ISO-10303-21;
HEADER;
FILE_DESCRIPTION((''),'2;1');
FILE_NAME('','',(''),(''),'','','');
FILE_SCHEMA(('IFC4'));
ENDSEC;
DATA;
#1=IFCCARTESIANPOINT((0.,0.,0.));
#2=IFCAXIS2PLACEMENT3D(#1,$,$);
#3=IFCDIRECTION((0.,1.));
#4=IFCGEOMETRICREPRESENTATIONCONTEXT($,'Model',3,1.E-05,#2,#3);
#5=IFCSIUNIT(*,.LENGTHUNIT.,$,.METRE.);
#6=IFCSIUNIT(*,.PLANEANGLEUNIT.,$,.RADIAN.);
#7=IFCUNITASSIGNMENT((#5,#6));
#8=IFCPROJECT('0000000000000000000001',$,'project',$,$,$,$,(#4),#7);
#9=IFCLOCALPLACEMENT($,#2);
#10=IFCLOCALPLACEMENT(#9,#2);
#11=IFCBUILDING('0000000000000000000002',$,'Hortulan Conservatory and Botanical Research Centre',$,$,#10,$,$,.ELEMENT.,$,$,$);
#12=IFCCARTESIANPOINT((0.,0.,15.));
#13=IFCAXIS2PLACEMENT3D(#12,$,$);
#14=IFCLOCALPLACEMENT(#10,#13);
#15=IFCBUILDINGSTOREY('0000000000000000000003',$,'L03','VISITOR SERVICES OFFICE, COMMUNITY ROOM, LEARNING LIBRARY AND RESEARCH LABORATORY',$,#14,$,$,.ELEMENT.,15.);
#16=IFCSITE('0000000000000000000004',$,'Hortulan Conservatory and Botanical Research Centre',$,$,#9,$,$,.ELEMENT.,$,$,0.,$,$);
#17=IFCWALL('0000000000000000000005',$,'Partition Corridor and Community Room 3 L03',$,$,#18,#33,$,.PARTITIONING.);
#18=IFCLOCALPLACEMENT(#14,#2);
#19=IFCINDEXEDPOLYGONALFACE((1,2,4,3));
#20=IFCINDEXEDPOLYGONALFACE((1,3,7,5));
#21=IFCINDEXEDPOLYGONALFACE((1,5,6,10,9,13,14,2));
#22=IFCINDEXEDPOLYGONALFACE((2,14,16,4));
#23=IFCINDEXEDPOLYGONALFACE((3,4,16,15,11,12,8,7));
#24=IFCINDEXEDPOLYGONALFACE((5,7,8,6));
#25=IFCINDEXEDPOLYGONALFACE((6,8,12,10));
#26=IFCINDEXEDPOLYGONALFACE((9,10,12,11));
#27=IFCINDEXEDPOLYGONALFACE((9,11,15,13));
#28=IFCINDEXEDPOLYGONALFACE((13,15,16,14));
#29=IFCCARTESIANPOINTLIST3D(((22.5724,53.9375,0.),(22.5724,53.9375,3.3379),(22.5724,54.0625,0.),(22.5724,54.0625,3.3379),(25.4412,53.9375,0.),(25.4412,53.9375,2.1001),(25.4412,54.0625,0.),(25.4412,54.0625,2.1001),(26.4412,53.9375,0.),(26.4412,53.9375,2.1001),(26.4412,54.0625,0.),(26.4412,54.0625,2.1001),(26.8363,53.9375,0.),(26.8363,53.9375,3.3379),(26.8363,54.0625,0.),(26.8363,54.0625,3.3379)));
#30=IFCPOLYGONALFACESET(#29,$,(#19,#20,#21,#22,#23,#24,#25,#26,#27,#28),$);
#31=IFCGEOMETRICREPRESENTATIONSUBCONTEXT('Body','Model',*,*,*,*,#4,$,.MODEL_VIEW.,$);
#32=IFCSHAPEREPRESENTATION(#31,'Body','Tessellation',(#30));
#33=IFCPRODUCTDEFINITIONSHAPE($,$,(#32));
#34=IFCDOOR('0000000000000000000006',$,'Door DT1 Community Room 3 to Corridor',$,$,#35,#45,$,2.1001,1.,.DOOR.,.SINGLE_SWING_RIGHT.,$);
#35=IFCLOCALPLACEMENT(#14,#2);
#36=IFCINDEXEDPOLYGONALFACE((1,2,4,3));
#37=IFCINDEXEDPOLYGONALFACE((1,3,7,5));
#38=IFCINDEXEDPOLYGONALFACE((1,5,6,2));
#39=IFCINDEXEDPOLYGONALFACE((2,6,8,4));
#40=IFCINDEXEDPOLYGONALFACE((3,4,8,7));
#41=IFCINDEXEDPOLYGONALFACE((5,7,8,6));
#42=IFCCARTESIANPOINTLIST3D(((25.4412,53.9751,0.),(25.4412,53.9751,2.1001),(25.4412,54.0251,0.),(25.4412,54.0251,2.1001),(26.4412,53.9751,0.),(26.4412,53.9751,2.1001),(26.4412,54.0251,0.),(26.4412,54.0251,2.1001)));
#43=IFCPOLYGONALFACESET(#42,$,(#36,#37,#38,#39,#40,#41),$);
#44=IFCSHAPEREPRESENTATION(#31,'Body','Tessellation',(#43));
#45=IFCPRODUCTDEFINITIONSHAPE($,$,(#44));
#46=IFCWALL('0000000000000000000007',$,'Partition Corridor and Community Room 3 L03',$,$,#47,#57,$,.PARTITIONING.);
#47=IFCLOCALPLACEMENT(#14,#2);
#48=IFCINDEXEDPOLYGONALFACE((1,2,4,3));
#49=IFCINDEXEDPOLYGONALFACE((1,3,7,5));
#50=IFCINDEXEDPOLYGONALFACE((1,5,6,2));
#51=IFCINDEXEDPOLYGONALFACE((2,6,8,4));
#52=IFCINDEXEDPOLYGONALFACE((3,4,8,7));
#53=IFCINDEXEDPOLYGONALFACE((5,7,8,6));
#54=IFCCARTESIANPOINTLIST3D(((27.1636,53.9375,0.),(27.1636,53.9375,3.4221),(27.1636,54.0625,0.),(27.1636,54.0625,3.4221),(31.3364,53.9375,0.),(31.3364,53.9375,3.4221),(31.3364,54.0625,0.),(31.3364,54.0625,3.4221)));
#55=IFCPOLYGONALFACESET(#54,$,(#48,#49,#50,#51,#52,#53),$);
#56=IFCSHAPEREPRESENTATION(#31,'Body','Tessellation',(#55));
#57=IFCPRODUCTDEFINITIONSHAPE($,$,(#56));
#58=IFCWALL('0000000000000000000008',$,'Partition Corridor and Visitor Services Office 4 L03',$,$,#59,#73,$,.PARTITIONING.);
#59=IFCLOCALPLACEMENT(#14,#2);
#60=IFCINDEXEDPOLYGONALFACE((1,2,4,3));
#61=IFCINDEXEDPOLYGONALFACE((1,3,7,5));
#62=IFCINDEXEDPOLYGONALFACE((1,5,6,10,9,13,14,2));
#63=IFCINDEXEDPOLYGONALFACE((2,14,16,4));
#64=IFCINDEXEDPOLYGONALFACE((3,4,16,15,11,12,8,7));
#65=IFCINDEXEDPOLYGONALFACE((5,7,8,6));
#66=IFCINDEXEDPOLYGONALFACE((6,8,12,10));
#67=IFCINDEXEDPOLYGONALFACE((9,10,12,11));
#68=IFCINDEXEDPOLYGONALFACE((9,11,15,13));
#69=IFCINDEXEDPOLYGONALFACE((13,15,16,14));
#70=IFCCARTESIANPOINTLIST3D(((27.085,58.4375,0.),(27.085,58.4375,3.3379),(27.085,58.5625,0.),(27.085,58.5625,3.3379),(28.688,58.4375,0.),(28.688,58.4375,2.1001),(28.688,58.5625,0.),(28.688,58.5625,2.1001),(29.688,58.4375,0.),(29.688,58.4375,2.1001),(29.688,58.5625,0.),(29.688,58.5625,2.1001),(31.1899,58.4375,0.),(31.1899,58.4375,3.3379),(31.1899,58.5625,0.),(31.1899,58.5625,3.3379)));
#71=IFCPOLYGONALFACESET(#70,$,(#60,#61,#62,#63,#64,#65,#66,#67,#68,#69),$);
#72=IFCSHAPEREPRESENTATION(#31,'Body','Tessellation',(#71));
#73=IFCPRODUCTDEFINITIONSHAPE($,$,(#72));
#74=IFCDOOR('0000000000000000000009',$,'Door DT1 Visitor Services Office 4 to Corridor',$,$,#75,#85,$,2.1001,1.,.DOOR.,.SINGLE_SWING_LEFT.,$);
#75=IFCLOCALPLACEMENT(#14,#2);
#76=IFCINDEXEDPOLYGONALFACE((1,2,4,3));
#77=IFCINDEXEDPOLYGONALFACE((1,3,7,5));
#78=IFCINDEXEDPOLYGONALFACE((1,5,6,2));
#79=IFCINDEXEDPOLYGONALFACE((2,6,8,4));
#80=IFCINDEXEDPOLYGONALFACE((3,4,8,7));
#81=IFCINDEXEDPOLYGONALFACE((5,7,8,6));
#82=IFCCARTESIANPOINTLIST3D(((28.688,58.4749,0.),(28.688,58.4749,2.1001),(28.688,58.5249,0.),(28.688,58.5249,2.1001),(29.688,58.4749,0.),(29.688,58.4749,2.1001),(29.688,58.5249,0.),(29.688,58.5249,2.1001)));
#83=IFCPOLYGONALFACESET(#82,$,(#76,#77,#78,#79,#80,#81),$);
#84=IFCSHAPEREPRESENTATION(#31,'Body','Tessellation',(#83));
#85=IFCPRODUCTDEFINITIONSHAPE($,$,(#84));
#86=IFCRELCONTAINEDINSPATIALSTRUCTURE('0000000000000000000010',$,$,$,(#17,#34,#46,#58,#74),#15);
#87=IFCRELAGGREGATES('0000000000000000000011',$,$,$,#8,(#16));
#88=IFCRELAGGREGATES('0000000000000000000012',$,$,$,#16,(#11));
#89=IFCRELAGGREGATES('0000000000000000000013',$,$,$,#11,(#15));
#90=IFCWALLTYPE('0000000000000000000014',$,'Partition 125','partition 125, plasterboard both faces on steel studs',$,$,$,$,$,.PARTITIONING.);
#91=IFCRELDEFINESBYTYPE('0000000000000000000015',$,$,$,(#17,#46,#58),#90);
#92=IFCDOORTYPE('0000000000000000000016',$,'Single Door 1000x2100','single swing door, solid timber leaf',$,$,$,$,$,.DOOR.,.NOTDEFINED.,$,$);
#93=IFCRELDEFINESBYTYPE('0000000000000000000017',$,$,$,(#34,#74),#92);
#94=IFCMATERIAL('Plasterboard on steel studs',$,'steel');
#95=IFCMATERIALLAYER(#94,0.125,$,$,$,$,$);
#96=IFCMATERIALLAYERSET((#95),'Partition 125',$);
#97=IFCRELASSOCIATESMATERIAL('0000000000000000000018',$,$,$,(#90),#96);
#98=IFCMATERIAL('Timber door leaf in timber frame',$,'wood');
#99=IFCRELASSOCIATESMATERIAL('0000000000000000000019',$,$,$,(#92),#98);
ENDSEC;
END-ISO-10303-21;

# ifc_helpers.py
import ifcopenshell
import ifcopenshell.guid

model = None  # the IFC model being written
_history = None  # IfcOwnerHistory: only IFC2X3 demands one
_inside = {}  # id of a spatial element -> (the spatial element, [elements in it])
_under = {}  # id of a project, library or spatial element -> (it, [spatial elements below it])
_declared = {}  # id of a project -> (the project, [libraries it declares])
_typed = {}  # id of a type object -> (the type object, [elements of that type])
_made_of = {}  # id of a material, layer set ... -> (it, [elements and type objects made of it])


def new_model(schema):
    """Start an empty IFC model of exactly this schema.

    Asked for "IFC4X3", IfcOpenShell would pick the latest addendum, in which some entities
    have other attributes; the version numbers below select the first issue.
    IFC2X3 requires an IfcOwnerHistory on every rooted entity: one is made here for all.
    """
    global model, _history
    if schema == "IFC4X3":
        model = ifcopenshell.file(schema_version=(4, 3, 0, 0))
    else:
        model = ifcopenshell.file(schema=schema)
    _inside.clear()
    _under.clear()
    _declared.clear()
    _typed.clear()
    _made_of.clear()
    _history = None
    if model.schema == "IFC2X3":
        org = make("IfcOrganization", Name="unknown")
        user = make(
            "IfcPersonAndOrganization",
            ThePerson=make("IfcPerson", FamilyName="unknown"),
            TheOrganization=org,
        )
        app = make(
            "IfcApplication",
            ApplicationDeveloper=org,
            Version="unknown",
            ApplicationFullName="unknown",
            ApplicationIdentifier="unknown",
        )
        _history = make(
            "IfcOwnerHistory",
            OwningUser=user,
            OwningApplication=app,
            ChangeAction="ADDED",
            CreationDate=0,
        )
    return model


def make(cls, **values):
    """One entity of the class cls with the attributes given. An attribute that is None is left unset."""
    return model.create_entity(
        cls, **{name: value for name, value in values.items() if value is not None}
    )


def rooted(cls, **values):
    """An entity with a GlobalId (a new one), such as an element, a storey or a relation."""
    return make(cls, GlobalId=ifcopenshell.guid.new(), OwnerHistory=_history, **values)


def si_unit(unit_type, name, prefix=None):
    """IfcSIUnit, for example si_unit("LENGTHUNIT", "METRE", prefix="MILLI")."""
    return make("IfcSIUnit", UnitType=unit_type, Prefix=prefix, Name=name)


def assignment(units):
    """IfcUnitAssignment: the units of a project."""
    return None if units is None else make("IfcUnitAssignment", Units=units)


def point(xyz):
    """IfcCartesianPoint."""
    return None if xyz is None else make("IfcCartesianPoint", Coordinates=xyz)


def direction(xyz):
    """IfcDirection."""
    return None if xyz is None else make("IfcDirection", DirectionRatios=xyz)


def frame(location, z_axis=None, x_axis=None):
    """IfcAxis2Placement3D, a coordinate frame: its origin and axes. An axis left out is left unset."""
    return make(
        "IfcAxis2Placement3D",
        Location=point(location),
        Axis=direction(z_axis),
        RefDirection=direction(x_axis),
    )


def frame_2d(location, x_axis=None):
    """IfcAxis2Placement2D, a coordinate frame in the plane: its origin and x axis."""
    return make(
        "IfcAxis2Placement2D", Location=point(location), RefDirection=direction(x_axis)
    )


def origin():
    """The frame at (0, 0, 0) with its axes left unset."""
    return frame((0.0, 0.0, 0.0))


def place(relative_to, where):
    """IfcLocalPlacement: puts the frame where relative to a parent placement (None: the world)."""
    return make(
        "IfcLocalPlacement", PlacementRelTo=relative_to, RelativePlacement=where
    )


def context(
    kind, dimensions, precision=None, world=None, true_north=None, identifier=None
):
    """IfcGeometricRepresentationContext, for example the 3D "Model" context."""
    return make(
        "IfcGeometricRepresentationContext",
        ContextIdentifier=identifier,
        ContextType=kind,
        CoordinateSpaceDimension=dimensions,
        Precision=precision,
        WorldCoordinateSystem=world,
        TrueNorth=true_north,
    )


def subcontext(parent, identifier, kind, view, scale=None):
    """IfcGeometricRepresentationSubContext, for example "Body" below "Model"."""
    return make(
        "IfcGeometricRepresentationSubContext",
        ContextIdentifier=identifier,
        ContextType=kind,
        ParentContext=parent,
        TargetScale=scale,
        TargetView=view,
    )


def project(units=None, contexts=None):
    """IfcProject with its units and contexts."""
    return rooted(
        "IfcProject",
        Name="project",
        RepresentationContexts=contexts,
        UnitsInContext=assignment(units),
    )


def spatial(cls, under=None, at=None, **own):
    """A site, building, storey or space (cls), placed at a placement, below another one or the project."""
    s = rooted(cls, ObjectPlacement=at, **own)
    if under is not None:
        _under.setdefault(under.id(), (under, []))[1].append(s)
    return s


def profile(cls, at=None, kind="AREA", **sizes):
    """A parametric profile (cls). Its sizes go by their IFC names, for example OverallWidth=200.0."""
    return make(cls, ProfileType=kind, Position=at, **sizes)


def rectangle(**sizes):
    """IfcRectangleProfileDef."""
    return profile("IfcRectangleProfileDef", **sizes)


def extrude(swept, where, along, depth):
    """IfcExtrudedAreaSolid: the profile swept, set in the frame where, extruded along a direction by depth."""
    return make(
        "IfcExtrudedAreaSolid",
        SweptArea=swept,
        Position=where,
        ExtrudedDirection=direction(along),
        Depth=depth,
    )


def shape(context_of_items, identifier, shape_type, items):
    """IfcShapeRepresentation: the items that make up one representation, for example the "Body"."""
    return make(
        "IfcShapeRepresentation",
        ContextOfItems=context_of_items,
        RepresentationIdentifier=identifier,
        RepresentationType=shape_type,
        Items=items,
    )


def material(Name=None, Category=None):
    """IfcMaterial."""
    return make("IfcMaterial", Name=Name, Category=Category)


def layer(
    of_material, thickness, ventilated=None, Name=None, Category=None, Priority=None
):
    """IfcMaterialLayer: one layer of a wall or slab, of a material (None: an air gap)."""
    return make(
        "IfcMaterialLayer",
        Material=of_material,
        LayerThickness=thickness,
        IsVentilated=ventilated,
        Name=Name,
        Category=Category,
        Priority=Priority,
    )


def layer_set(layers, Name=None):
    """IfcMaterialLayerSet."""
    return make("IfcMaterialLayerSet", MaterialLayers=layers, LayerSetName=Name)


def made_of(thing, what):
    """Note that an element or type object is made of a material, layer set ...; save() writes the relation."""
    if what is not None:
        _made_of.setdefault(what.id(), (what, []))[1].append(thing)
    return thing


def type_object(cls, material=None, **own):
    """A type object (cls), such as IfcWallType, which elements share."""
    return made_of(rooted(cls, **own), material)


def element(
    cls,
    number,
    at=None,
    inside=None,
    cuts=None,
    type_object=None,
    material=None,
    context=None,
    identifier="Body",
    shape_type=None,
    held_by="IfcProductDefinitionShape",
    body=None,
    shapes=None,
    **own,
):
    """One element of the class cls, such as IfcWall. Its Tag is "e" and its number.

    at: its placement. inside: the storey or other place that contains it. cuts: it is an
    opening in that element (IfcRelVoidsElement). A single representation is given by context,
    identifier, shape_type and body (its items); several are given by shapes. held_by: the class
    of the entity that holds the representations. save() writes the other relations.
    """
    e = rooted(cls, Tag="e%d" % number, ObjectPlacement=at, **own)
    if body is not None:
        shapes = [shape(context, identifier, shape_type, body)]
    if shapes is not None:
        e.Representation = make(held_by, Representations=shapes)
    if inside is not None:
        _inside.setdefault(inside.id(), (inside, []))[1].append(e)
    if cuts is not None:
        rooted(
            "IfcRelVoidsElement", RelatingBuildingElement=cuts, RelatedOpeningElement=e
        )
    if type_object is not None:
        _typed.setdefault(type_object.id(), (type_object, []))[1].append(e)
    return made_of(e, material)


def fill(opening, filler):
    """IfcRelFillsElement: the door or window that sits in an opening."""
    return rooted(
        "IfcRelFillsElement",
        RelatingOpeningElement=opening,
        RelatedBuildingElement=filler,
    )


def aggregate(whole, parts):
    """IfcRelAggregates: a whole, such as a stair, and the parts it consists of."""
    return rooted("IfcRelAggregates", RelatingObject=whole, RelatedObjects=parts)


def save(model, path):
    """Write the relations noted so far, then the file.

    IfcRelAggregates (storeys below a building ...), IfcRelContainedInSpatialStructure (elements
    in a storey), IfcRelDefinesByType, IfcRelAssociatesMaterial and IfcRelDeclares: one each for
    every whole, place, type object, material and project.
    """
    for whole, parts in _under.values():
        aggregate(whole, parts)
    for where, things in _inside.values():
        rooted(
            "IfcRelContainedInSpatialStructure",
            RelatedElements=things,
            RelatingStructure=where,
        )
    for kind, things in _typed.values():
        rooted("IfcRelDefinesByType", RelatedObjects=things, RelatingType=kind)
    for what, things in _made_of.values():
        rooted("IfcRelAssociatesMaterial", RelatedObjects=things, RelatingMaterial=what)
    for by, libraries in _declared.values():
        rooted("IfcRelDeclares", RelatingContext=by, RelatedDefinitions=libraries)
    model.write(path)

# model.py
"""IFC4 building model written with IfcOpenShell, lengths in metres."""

from ifc_helpers import new_model, si_unit, direction, frame, frame_2d, origin, place, context, subcontext, project, spatial, rectangle, extrude, material, layer, layer_set, type_object, element, fill, save


model = new_model("IFC4")

# Units and contexts
model_context = context("Model", 3, precision=1e-05, world=origin(), true_north=direction((0.0, 1.0)))
body_context = subcontext(model_context, "Body", "Model", "MODEL_VIEW")
ifc_project = project(units=[si_unit("LENGTHUNIT", "METRE"), si_unit("PLANEANGLEUNIT", "RADIAN")], contexts=[model_context])

# Site, building, storey
site_placement = place(None, origin())
site = spatial("IfcSite", under=ifc_project, at=site_placement, Name="Hortulan Conservatory and Botanical Research Centre", CompositionType="ELEMENT", RefElevation=0.0)
building_placement = place(site_placement, origin())
building = spatial("IfcBuilding", under=site, at=building_placement, Name="Hortulan Conservatory and Botanical Research Centre", CompositionType="ELEMENT")
storey_placement = place(building_placement, frame((0.0, 0.0, 15.0)))
storey = spatial("IfcBuildingStorey", under=building, at=storey_placement, Name="L03", Description="VISITOR SERVICES OFFICE, COMMUNITY ROOM, LEARNING LIBRARY AND RESEARCH LABORATORY", CompositionType="ELEMENT", Elevation=15.0)

# Wall, opening, door
ifc_material_1 = material(Name="Plasterboard on steel studs", Category="steel")
ifc_layer_1 = layer(ifc_material_1, 0.125)
ifc_layer_set_1 = layer_set([ifc_layer_1], Name="Partition 125")
wall_type_1 = type_object("IfcWallType", Name="Partition 125", Description="partition 125, plasterboard both faces on steel studs", PredefinedType="PARTITIONING", material=ifc_layer_set_1)
wall_1_placement = place(storey_placement, frame((22.5725, 54.0, 0.0), z_axis=(0.0, 0.0, 1.0), x_axis=(1.0, 0.0, 0.0)))
wall_1 = element("IfcWall", 1, at=wall_1_placement, inside=storey, type_object=wall_type_1, Name="Partition Corridor and Community Room 3 L03", PredefinedType="PARTITIONING", context=body_context, shape_type="SweptSolid", body=[
    extrude(rectangle(XDim=4.2639, YDim=0.125, at=frame_2d((2.1318, 0.0))), origin(), (0.0, 0.0, 1.0), 3.3379),
])
opening_1_placement = place(wall_1_placement, frame((2.8687, 0.0, 0.0)))
opening_1 = element("IfcOpeningElement", 2, at=opening_1_placement, cuts=wall_1, PredefinedType="OPENING", context=body_context, shape_type="SweptSolid", body=[
    extrude(rectangle(XDim=1.0, YDim=2.1001, at=frame_2d((0.5, 1.05))), frame((0.0, 0.0725, 0.0), z_axis=(0.0, -1.0, 0.0), x_axis=(1.0, 0.0, 0.0)), (0.0, 0.0, 1.0), 0.145),
])
ifc_material_2 = material(Name="Timber door leaf in timber frame", Category="wood")
door_type_1 = type_object("IfcDoorType", Name="Single Door 1000x2100", Description="single swing door, solid timber leaf", OperationType="NOTDEFINED", PredefinedType="DOOR", material=ifc_material_2)
door_1_placement = place(opening_1_placement, frame((1.0, 0.0, 0.0), z_axis=(0.0, 0.0, 1.0), x_axis=(-1.0, 0.0, 0.0)))
door_1 = element("IfcDoor", 3, at=door_1_placement, inside=storey, type_object=door_type_1, Name="Door DT1 Community Room 3 to Corridor", OperationType="SINGLE_SWING_RIGHT", OverallHeight=2.1001, OverallWidth=1.0, PredefinedType="DOOR", context=body_context, shape_type="SweptSolid", body=[
    extrude(rectangle(XDim=1.0, YDim=2.1001, at=frame_2d((0.5, 1.05))), frame((0.0, 0.0249, 0.0), z_axis=(0.0, -1.0, 0.0), x_axis=(1.0, 0.0, 0.0)), (0.0, 0.0, 1.0), 0.05),
])
fill(opening_1, door_1)

# Wall
wall_2_placement = place(storey_placement, frame((27.1636, 54.0, 0.0), z_axis=(0.0, 0.0, 1.0), x_axis=(1.0, 0.0, 0.0)))
element("IfcWall", 4, at=wall_2_placement, inside=storey, type_object=wall_type_1, Name="Partition Corridor and Community Room 3 L03", PredefinedType="PARTITIONING", context=body_context, shape_type="SweptSolid", body=[
    extrude(rectangle(XDim=4.1729, YDim=0.125, at=frame_2d((2.0864, 0.0))), origin(), (0.0, 0.0, 1.0), 3.4221),
])

# Wall, opening, door
wall_3_placement = place(storey_placement, frame((27.085, 58.5, 0.0), z_axis=(0.0, 0.0, 1.0), x_axis=(1.0, 0.0, 0.0)))
wall_3 = element("IfcWall", 5, at=wall_3_placement, inside=storey, type_object=wall_type_1, Name="Partition Corridor and Visitor Services Office 4 L03", PredefinedType="PARTITIONING", context=body_context, shape_type="SweptSolid", body=[
    extrude(rectangle(XDim=4.105, YDim=0.125, at=frame_2d((2.0525, 0.0))), origin(), (0.0, 0.0, 1.0), 3.3379),
])
opening_2_placement = place(wall_3_placement, frame((1.603, 0.0, 0.0)))
opening_2 = element("IfcOpeningElement", 6, at=opening_2_placement, cuts=wall_3, PredefinedType="OPENING", context=body_context, shape_type="SweptSolid", body=[
    extrude(rectangle(XDim=1.0, YDim=2.1001, at=frame_2d((0.5, 1.05))), frame((0.0, 0.0725, 0.0), z_axis=(0.0, -1.0, 0.0), x_axis=(1.0, 0.0, 0.0)), (0.0, 0.0, 1.0), 0.145),
])
door_2_placement = place(opening_2_placement, origin())
door_2 = element("IfcDoor", 7, at=door_2_placement, inside=storey, type_object=door_type_1, Name="Door DT1 Visitor Services Office 4 to Corridor", OperationType="SINGLE_SWING_LEFT", OverallHeight=2.1001, OverallWidth=1.0, PredefinedType="DOOR", context=body_context, shape_type="SweptSolid", body=[
    extrude(rectangle(XDim=1.0, YDim=2.1001, at=frame_2d((0.5, 1.05))), frame((0.0, 0.0249, 0.0), z_axis=(0.0, -1.0, 0.0), x_axis=(1.0, 0.0, 0.0)), (0.0, 0.0, 1.0), 0.05),
])
fill(opening_2, door_2)

save(model, "model.ifc")
